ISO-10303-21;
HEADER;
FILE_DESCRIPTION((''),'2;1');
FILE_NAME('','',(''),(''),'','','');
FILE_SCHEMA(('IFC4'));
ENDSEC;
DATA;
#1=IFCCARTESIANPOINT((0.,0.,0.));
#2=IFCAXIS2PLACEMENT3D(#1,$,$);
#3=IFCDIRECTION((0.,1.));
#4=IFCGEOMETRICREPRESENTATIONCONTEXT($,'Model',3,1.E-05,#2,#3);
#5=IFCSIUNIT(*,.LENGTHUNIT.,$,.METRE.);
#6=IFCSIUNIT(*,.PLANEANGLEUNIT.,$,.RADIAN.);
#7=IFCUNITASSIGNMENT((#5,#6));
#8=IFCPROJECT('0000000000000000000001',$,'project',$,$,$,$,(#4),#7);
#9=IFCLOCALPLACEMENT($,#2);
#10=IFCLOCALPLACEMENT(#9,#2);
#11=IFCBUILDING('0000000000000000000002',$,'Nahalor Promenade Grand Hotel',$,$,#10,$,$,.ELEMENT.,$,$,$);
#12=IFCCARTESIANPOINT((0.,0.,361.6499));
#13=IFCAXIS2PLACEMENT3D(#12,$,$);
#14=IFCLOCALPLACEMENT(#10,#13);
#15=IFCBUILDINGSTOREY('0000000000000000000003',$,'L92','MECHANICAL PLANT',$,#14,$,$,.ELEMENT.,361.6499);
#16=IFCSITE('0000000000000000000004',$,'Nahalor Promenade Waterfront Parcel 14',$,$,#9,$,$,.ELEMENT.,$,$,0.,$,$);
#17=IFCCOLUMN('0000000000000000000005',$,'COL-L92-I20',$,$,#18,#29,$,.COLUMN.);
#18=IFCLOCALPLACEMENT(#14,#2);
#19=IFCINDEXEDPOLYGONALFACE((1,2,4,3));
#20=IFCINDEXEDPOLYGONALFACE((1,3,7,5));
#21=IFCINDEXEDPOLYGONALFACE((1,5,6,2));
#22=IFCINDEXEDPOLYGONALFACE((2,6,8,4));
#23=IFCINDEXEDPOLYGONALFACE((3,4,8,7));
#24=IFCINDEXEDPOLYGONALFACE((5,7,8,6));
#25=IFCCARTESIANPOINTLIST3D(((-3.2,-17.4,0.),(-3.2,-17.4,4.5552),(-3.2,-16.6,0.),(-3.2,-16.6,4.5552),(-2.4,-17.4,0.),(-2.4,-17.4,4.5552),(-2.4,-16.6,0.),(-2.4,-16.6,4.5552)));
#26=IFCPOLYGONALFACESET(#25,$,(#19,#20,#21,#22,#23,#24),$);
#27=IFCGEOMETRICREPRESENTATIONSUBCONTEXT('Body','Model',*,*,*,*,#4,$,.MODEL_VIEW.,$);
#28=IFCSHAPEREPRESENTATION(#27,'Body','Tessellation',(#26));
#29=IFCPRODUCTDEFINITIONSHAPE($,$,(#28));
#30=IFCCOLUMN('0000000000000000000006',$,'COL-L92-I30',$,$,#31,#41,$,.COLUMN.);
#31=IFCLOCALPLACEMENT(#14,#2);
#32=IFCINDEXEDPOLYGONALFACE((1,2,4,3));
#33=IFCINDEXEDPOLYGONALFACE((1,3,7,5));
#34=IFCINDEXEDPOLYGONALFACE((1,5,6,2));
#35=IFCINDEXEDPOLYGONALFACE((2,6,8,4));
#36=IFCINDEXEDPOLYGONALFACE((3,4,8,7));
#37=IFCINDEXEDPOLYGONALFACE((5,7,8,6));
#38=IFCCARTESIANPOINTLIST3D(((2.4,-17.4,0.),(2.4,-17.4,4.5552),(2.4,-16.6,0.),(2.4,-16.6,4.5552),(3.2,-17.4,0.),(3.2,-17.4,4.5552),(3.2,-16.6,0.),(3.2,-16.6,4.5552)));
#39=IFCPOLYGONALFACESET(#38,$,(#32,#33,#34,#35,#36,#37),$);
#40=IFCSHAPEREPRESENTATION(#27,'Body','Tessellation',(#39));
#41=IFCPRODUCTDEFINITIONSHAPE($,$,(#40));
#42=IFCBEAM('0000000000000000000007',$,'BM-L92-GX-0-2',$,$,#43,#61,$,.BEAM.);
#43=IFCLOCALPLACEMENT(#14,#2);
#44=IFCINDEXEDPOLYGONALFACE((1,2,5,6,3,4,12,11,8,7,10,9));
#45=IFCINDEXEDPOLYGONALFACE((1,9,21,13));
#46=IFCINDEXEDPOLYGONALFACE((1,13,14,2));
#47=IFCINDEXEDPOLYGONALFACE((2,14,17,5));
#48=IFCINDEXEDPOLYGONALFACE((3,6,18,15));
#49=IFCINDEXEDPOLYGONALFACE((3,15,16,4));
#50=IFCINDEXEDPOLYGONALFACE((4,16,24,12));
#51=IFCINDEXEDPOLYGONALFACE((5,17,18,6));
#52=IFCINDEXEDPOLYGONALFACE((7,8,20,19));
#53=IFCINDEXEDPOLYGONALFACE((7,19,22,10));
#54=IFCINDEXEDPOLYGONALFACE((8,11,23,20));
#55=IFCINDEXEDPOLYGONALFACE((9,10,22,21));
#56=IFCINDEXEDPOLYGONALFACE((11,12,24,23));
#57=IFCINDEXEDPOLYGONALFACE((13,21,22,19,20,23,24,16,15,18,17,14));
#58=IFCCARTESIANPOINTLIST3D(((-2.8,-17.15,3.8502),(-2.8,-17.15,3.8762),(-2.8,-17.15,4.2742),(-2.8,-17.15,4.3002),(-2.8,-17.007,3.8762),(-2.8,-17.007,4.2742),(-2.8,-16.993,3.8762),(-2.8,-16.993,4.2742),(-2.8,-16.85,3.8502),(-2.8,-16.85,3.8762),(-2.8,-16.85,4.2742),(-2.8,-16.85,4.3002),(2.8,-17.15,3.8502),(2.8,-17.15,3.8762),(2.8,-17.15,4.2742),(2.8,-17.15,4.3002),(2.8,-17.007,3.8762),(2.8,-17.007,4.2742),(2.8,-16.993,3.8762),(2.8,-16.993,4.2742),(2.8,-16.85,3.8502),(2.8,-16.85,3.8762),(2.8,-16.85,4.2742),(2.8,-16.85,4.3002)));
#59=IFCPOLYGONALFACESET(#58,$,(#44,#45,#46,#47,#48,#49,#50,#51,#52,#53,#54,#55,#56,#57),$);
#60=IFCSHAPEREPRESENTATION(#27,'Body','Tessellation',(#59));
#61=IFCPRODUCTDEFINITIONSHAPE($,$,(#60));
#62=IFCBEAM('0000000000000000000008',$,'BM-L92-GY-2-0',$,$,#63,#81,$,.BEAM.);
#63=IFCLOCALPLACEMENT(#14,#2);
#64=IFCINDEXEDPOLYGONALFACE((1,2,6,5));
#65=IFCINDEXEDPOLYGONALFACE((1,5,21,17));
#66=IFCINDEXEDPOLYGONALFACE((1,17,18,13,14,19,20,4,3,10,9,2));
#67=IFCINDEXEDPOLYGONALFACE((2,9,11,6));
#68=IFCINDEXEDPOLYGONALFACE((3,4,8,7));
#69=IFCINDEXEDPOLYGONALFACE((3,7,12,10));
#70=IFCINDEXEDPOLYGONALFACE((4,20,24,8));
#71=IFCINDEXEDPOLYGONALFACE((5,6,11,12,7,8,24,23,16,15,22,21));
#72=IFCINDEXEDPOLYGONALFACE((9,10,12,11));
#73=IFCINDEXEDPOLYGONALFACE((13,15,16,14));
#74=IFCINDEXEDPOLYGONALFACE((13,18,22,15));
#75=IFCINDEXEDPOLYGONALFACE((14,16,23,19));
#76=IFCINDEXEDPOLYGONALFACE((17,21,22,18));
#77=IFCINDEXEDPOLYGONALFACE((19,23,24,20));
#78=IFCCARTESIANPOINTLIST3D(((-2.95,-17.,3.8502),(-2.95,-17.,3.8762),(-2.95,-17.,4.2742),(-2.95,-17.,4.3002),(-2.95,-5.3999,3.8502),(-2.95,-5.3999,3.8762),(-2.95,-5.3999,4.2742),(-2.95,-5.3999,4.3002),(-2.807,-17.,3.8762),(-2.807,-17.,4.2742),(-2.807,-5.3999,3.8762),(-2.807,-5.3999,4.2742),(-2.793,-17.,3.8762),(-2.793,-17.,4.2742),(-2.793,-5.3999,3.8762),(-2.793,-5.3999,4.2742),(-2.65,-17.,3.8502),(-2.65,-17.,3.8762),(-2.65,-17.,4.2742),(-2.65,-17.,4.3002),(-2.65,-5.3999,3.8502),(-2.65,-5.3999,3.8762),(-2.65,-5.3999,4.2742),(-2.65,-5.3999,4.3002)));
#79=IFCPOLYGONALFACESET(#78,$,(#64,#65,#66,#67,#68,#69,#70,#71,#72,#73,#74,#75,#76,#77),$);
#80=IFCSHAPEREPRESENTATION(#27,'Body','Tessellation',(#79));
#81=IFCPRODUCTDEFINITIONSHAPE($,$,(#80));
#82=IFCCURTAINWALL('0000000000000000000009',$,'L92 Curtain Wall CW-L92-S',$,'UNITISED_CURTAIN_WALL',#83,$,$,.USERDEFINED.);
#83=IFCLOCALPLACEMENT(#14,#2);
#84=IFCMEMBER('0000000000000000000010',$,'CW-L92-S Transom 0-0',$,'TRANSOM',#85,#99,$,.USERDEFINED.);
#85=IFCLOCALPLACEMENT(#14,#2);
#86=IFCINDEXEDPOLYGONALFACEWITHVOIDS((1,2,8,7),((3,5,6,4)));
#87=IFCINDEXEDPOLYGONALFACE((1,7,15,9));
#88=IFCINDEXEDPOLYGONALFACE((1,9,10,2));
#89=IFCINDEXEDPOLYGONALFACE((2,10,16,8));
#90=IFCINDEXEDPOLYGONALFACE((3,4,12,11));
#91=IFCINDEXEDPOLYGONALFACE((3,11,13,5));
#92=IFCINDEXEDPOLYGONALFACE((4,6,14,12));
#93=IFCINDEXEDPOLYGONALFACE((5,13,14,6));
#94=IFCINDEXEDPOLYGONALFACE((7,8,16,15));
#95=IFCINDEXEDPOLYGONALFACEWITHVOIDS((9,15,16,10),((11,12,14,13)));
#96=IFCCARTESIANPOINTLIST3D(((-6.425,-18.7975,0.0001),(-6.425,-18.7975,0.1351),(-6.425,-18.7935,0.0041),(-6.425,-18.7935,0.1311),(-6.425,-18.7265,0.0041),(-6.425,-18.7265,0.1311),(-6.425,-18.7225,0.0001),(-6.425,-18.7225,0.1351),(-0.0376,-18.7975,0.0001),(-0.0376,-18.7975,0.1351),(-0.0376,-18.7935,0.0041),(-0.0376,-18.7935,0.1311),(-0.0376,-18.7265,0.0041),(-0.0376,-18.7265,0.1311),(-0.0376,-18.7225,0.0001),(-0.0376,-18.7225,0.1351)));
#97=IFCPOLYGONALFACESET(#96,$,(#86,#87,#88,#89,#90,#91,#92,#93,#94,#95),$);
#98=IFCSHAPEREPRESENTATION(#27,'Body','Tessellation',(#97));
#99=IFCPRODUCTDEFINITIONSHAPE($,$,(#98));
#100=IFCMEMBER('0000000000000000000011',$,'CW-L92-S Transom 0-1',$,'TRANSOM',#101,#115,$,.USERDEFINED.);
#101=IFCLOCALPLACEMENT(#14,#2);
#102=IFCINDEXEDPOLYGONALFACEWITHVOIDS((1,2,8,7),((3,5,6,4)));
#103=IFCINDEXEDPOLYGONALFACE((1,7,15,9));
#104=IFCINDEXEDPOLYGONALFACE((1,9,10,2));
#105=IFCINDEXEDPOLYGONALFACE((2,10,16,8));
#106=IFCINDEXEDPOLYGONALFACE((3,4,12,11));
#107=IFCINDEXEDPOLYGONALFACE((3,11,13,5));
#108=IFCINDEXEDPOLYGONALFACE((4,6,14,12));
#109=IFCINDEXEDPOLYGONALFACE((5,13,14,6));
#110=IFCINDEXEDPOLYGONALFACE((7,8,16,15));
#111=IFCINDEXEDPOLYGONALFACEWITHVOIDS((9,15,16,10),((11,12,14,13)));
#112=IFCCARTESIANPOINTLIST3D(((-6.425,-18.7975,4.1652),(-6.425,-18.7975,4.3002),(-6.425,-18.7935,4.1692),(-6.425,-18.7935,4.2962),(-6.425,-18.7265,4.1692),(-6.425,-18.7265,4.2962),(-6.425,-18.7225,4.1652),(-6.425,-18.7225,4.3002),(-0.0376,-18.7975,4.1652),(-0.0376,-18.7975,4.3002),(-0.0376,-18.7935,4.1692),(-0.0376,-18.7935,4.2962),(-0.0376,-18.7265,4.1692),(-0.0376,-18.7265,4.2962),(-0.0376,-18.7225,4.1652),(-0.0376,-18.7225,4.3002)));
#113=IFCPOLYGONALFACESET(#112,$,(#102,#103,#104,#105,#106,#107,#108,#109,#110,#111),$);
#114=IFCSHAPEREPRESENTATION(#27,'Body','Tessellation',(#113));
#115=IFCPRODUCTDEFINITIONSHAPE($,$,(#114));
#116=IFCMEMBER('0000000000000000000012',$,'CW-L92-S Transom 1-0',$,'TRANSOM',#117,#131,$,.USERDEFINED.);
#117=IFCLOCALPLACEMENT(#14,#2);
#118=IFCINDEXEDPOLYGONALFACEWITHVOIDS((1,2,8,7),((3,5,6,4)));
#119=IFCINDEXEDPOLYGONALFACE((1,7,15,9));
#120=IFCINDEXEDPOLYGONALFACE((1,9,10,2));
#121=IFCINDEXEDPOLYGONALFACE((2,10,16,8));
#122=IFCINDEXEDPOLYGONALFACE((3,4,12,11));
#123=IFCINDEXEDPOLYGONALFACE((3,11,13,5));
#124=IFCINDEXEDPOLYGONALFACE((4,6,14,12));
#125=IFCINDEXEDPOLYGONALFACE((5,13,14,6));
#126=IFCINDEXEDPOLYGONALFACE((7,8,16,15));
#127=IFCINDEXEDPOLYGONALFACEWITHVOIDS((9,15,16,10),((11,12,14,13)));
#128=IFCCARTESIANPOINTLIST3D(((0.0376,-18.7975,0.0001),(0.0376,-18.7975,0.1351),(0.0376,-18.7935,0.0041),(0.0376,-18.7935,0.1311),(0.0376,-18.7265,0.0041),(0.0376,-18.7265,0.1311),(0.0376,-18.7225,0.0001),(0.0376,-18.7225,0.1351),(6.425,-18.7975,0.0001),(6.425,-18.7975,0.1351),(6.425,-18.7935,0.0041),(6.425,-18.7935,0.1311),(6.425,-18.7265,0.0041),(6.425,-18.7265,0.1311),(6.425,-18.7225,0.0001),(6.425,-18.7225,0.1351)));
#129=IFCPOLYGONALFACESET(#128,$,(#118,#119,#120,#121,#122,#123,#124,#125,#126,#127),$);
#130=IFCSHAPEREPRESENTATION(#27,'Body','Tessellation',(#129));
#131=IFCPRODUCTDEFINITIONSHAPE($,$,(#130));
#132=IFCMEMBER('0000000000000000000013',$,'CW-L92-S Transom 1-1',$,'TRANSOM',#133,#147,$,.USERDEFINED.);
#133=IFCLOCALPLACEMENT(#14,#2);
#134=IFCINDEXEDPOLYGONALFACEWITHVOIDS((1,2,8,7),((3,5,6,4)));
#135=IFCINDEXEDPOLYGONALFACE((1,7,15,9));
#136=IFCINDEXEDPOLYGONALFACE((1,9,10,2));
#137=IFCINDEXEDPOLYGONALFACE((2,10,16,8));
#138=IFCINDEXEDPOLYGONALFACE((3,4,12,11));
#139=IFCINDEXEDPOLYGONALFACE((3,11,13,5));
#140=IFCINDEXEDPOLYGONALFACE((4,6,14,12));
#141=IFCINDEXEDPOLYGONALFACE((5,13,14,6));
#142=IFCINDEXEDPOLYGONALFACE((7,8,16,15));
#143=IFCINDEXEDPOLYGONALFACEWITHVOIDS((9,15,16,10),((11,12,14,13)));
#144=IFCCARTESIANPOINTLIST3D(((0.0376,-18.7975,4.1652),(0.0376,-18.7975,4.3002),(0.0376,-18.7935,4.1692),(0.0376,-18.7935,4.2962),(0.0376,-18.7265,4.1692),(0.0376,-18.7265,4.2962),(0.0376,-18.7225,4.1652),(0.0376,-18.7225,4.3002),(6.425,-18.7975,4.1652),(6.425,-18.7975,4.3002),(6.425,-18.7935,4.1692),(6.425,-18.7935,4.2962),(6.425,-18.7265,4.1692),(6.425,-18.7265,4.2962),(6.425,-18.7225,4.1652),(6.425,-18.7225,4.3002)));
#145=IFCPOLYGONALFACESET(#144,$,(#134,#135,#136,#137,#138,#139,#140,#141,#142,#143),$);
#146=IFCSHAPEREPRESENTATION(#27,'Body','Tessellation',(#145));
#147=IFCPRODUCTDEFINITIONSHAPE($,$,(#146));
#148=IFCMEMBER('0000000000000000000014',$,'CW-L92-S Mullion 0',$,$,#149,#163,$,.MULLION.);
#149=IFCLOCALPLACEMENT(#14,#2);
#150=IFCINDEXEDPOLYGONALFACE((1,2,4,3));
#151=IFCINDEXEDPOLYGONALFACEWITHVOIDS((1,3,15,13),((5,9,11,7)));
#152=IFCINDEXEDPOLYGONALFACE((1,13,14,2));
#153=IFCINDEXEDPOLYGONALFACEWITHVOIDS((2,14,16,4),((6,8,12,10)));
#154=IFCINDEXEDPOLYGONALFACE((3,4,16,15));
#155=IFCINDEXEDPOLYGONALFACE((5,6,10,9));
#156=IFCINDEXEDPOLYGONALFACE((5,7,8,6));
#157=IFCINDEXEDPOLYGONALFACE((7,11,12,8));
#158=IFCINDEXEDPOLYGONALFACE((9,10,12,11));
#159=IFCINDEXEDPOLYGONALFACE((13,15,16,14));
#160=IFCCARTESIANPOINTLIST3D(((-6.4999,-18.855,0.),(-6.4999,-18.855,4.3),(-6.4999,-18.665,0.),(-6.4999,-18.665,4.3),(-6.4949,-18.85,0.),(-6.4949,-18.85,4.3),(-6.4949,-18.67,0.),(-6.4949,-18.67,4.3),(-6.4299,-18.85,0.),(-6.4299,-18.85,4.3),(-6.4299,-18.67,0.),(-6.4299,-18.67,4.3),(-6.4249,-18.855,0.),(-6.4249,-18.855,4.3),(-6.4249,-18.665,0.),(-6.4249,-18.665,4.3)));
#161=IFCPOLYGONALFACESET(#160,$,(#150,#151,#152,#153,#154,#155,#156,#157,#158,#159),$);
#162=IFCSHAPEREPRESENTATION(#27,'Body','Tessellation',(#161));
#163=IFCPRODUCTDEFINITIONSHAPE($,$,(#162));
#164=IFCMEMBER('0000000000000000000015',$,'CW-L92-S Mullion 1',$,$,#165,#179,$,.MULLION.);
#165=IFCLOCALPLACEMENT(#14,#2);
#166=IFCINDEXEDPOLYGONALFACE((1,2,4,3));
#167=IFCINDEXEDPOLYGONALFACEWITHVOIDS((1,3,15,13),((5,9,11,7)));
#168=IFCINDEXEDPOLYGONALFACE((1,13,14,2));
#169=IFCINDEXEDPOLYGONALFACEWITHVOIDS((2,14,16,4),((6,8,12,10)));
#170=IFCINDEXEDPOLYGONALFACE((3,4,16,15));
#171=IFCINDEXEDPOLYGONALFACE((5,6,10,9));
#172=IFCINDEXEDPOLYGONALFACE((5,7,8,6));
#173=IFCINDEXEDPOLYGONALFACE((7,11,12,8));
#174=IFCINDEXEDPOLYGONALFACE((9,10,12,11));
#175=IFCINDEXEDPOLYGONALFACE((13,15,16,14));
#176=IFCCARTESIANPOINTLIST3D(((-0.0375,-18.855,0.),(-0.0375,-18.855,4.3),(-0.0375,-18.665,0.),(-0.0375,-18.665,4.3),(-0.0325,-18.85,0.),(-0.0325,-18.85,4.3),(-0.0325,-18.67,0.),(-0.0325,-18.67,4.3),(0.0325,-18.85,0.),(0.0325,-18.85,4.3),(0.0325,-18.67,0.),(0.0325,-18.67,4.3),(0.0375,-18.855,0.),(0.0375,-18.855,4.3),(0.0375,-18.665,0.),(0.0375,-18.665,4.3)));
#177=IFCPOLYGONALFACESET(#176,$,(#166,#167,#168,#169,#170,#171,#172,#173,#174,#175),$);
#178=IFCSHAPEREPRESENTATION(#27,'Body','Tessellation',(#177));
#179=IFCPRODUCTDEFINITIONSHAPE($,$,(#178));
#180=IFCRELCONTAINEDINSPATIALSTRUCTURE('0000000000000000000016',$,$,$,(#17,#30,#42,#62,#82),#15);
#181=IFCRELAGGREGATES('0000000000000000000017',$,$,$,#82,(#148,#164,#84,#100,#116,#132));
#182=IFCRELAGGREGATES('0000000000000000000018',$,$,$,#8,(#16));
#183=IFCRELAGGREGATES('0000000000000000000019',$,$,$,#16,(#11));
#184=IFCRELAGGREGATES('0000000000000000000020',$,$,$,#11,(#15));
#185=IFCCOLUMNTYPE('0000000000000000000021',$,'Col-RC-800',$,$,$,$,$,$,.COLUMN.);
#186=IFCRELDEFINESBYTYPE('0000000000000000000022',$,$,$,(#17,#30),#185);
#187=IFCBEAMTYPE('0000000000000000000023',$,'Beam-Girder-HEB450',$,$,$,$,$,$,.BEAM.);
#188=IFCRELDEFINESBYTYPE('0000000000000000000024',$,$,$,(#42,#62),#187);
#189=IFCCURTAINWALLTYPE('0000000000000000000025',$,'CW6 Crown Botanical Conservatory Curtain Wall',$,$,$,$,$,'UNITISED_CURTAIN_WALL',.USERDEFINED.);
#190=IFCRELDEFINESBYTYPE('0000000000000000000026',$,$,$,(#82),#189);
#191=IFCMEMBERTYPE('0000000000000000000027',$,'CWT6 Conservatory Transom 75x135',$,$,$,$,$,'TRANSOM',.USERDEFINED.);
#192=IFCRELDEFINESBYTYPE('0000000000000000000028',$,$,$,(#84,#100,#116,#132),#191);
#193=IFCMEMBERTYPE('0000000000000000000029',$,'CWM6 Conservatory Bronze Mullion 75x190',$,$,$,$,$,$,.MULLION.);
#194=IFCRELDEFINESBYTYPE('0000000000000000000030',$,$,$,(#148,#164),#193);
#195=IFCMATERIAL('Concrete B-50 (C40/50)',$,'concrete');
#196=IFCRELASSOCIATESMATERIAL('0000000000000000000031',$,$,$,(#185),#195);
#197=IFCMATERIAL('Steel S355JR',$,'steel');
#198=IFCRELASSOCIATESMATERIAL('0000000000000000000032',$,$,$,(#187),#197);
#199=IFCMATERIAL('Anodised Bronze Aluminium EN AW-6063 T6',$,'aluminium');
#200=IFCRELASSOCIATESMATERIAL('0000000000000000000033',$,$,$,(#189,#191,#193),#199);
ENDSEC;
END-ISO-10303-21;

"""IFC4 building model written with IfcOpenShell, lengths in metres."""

from ifc_helpers import new_model, si_unit, direction, frame, origin, origin_2d, place, context, subcontext, project, spatial, rectangle, hollow_rectangle, i_section, extrude, source, transform, mapped, material, material_profile, profile_set, type_object, element, aggregate, save


model = new_model("IFC4")

# Units and contexts
model_context = context("Model", 3, precision=1e-05, world=origin(), true_north=direction((0.0, 1.0)))
body_context = subcontext(model_context, "Body", "Model", "MODEL_VIEW")
ifc_project = project(units=[si_unit("LENGTHUNIT", "METRE"), si_unit("PLANEANGLEUNIT", "RADIAN")], contexts=[model_context])

# Site, building, storey
site_placement = place(None, origin())
site = spatial("IfcSite", under=ifc_project, at=site_placement, Name="Nahalor Promenade Waterfront Parcel 14", CompositionType="ELEMENT", RefElevation=0.0)
building_placement = place(site_placement, origin())
building = spatial("IfcBuilding", under=site, at=building_placement, Name="Nahalor Promenade Grand Hotel", CompositionType="ELEMENT")
storey_placement = place(building_placement, frame((0.0, 0.0, 361.6499)))
storey = spatial("IfcBuildingStorey", under=building, at=storey_placement, Name="L92", Description="MECHANICAL PLANT", CompositionType="ELEMENT", Elevation=361.6499)

# Columns
ifc_material_1 = material(Name="Concrete B-50 (C40/50)", Category="concrete")
ifc_material_profile_1 = material_profile(ifc_material_1, rectangle(XDim=0.8, YDim=0.8, at=origin_2d()), Name="RC 800x800")
ifc_profile_set_1 = profile_set([ifc_material_profile_1], Name="Concrete B-50 (C40/50)")
column_type = type_object("IfcColumnType", Name="Col-RC-800", PredefinedType="COLUMN", material=ifc_profile_set_1)
shared_shape_1 = source(origin(), body_context, "Body", "SweptSolid", [
    extrude(rectangle(XDim=0.8, YDim=0.8, at=origin_2d()), origin(), (0.0, 0.0, 1.0), 4.5552),
])
for number, where, z_axis, x_axis, name in (
    (1, (-2.8, -17.0, 0.0), (0.0, 0.0, 1.0), (1.0, 0.0, 0.0), "COL-L92-I20"),
    (2, (2.8, -17.0, 0.0), (0.0, 0.0, 1.0), (1.0, 0.0, 0.0), "COL-L92-I30"),
):
    element("IfcColumn", number, at=place(storey_placement, frame(where, z_axis=z_axis, x_axis=x_axis)), inside=storey, type_object=column_type, Name=name, PredefinedType="COLUMN", context=body_context, shape_type="MappedRepresentation", body=[
        mapped(shared_shape_1, transform((0.0, 0.0, 0.0), scale=1.0)),
    ])

# Beams
ifc_material_2 = material(Name="Steel S355JR", Category="steel")
ifc_material_profile_2 = material_profile(ifc_material_2, i_section(OverallWidth=0.3, OverallDepth=0.45, WebThickness=0.014, FlangeThickness=0.026, at=origin_2d()), Name="HEB 450")
ifc_profile_set_2 = profile_set([ifc_material_profile_2], Name="Steel S355JR")
beam_type = type_object("IfcBeamType", Name="Beam-Girder-HEB450", PredefinedType="BEAM", material=ifc_profile_set_2)
shared_shape_2 = source(origin(), body_context, "Body", "SweptSolid", [
    extrude(i_section(OverallWidth=0.3, OverallDepth=0.45, WebThickness=0.014, FlangeThickness=0.026, at=origin_2d()), origin(), (0.0, 0.0, 1.0), 5.6001),
])
beam_1_placement = place(storey_placement, frame((-2.8, -17.0, 4.0752), z_axis=(1.0, 0.0, 0.0), x_axis=(0.0, 1.0, 0.0)))
element("IfcBeam", 3, at=beam_1_placement, inside=storey, type_object=beam_type, Name="BM-L92-GX-0-2", PredefinedType="BEAM", context=body_context, shape_type="MappedRepresentation", body=[
    mapped(shared_shape_2, transform((0.0, 0.0, 0.0), scale=1.0)),
])
shared_shape_3 = source(origin(), body_context, "Body", "SweptSolid", [
    extrude(i_section(OverallWidth=0.3, OverallDepth=0.45, WebThickness=0.014, FlangeThickness=0.026, at=origin_2d()), origin(), (0.0, 0.0, 1.0), 11.6001),
])
beam_2_placement = place(storey_placement, frame((-2.8, -17.0, 4.0752), z_axis=(0.0, 1.0, 0.0), x_axis=(-1.0, 0.0, 0.0)))
element("IfcBeam", 4, at=beam_2_placement, inside=storey, type_object=beam_type, Name="BM-L92-GY-2-0", PredefinedType="BEAM", context=body_context, shape_type="MappedRepresentation", body=[
    mapped(shared_shape_3, transform((0.0, 0.0, 0.0), scale=1.0)),
])

# Curtain wall, members
ifc_material_3 = material(Name="Anodised Bronze Aluminium EN AW-6063 T6", Category="aluminium")
curtain_wall_type = type_object("IfcCurtainWallType", Name="CW6 Crown Botanical Conservatory Curtain Wall", ElementType="UNITISED_CURTAIN_WALL", PredefinedType="USERDEFINED", material=ifc_material_3)
curtain_wall_placement = place(storey_placement, origin())
curtain_wall = element("IfcCurtainWall", 5, at=curtain_wall_placement, inside=storey, type_object=curtain_wall_type, Name="L92 Curtain Wall CW-L92-S", ObjectType="UNITISED_CURTAIN_WALL", PredefinedType="USERDEFINED")
ifc_material_profile_3 = material_profile(ifc_material_3, hollow_rectangle(XDim=0.075, YDim=0.135, WallThickness=0.004, at=origin_2d()), Name="CWT 75x135x4")
ifc_profile_set_3 = profile_set([ifc_material_profile_3], Name="Anodised Bronze Aluminium EN AW-6063 T6")
member_type_1 = type_object("IfcMemberType", Name="CWT6 Conservatory Transom 75x135", ElementType="TRANSOM", PredefinedType="USERDEFINED", material=ifc_profile_set_3)
shared_shape_4 = source(origin(), body_context, "Body", "SweptSolid", [
    extrude(hollow_rectangle(XDim=0.075, YDim=0.135, WallThickness=0.004, at=origin_2d()), origin(), (0.0, 0.0, 1.0), 6.3875),
])
member_1_placement = place(storey_placement, frame((-6.425, -18.76, 0.0676), z_axis=(1.0, 0.0, 0.0), x_axis=(0.0, 1.0, 0.0)))
member_1 = element("IfcMember", 6, at=member_1_placement, type_object=member_type_1, Name="CW-L92-S Transom 0-0", ObjectType="TRANSOM", PredefinedType="USERDEFINED", context=body_context, shape_type="MappedRepresentation", body=[
    mapped(shared_shape_4, transform((0.0, 0.0, 0.0), scale=1.0)),
])
member_2_placement = place(storey_placement, frame((-6.425, -18.76, 4.2327), z_axis=(1.0, 0.0, 0.0), x_axis=(0.0, 1.0, 0.0)))
member_2 = element("IfcMember", 7, at=member_2_placement, type_object=member_type_1, Name="CW-L92-S Transom 0-1", ObjectType="TRANSOM", PredefinedType="USERDEFINED", context=body_context, shape_type="MappedRepresentation", body=[
    mapped(shared_shape_4, transform((0.0, 0.0, 0.0), scale=1.0)),
])
member_3_placement = place(storey_placement, frame((0.0376, -18.76, 0.0676), z_axis=(1.0, 0.0, 0.0), x_axis=(0.0, 1.0, 0.0)))
member_3 = element("IfcMember", 8, at=member_3_placement, type_object=member_type_1, Name="CW-L92-S Transom 1-0", ObjectType="TRANSOM", PredefinedType="USERDEFINED", context=body_context, shape_type="MappedRepresentation", body=[
    mapped(shared_shape_4, transform((0.0, 0.0, 0.0), scale=1.0)),
])
member_4_placement = place(storey_placement, frame((0.0376, -18.76, 4.2327), z_axis=(1.0, 0.0, 0.0), x_axis=(0.0, 1.0, 0.0)))
member_4 = element("IfcMember", 9, at=member_4_placement, type_object=member_type_1, Name="CW-L92-S Transom 1-1", ObjectType="TRANSOM", PredefinedType="USERDEFINED", context=body_context, shape_type="MappedRepresentation", body=[
    mapped(shared_shape_4, transform((0.0, 0.0, 0.0), scale=1.0)),
])
ifc_material_profile_4 = material_profile(ifc_material_3, hollow_rectangle(XDim=0.075, YDim=0.19, WallThickness=0.005, at=origin_2d()), Name="CWM 75x190x5")
ifc_profile_set_4 = profile_set([ifc_material_profile_4], Name="Anodised Bronze Aluminium EN AW-6063 T6")
member_type_2 = type_object("IfcMemberType", Name="CWM6 Conservatory Bronze Mullion 75x190", PredefinedType="MULLION", material=ifc_profile_set_4)
shared_shape_5 = source(origin(), body_context, "Body", "SweptSolid", [
    extrude(hollow_rectangle(XDim=0.075, YDim=0.19, WallThickness=0.005, at=origin_2d()), origin(), (0.0, 0.0, 1.0), 4.3),
])
member_5_placement = place(storey_placement, frame((-6.4624, -18.76, 0.0), z_axis=(0.0, 0.0, 1.0), x_axis=(1.0, 0.0, 0.0)))
member_5 = element("IfcMember", 10, at=member_5_placement, type_object=member_type_2, Name="CW-L92-S Mullion 0", PredefinedType="MULLION", context=body_context, shape_type="MappedRepresentation", body=[
    mapped(shared_shape_5, transform((0.0, 0.0, 0.0), scale=1.0)),
])
member_6_placement = place(storey_placement, frame((0.0, -18.76, 0.0), z_axis=(0.0, 0.0, 1.0), x_axis=(1.0, 0.0, 0.0)))
member_6 = element("IfcMember", 11, at=member_6_placement, type_object=member_type_2, Name="CW-L92-S Mullion 1", PredefinedType="MULLION", context=body_context, shape_type="MappedRepresentation", body=[
    mapped(shared_shape_5, transform((0.0, 0.0, 0.0), scale=1.0)),
])
aggregate(curtain_wall, [member_5, member_6, member_1, member_2, member_3, member_4])

save(model, "model.ifc")
